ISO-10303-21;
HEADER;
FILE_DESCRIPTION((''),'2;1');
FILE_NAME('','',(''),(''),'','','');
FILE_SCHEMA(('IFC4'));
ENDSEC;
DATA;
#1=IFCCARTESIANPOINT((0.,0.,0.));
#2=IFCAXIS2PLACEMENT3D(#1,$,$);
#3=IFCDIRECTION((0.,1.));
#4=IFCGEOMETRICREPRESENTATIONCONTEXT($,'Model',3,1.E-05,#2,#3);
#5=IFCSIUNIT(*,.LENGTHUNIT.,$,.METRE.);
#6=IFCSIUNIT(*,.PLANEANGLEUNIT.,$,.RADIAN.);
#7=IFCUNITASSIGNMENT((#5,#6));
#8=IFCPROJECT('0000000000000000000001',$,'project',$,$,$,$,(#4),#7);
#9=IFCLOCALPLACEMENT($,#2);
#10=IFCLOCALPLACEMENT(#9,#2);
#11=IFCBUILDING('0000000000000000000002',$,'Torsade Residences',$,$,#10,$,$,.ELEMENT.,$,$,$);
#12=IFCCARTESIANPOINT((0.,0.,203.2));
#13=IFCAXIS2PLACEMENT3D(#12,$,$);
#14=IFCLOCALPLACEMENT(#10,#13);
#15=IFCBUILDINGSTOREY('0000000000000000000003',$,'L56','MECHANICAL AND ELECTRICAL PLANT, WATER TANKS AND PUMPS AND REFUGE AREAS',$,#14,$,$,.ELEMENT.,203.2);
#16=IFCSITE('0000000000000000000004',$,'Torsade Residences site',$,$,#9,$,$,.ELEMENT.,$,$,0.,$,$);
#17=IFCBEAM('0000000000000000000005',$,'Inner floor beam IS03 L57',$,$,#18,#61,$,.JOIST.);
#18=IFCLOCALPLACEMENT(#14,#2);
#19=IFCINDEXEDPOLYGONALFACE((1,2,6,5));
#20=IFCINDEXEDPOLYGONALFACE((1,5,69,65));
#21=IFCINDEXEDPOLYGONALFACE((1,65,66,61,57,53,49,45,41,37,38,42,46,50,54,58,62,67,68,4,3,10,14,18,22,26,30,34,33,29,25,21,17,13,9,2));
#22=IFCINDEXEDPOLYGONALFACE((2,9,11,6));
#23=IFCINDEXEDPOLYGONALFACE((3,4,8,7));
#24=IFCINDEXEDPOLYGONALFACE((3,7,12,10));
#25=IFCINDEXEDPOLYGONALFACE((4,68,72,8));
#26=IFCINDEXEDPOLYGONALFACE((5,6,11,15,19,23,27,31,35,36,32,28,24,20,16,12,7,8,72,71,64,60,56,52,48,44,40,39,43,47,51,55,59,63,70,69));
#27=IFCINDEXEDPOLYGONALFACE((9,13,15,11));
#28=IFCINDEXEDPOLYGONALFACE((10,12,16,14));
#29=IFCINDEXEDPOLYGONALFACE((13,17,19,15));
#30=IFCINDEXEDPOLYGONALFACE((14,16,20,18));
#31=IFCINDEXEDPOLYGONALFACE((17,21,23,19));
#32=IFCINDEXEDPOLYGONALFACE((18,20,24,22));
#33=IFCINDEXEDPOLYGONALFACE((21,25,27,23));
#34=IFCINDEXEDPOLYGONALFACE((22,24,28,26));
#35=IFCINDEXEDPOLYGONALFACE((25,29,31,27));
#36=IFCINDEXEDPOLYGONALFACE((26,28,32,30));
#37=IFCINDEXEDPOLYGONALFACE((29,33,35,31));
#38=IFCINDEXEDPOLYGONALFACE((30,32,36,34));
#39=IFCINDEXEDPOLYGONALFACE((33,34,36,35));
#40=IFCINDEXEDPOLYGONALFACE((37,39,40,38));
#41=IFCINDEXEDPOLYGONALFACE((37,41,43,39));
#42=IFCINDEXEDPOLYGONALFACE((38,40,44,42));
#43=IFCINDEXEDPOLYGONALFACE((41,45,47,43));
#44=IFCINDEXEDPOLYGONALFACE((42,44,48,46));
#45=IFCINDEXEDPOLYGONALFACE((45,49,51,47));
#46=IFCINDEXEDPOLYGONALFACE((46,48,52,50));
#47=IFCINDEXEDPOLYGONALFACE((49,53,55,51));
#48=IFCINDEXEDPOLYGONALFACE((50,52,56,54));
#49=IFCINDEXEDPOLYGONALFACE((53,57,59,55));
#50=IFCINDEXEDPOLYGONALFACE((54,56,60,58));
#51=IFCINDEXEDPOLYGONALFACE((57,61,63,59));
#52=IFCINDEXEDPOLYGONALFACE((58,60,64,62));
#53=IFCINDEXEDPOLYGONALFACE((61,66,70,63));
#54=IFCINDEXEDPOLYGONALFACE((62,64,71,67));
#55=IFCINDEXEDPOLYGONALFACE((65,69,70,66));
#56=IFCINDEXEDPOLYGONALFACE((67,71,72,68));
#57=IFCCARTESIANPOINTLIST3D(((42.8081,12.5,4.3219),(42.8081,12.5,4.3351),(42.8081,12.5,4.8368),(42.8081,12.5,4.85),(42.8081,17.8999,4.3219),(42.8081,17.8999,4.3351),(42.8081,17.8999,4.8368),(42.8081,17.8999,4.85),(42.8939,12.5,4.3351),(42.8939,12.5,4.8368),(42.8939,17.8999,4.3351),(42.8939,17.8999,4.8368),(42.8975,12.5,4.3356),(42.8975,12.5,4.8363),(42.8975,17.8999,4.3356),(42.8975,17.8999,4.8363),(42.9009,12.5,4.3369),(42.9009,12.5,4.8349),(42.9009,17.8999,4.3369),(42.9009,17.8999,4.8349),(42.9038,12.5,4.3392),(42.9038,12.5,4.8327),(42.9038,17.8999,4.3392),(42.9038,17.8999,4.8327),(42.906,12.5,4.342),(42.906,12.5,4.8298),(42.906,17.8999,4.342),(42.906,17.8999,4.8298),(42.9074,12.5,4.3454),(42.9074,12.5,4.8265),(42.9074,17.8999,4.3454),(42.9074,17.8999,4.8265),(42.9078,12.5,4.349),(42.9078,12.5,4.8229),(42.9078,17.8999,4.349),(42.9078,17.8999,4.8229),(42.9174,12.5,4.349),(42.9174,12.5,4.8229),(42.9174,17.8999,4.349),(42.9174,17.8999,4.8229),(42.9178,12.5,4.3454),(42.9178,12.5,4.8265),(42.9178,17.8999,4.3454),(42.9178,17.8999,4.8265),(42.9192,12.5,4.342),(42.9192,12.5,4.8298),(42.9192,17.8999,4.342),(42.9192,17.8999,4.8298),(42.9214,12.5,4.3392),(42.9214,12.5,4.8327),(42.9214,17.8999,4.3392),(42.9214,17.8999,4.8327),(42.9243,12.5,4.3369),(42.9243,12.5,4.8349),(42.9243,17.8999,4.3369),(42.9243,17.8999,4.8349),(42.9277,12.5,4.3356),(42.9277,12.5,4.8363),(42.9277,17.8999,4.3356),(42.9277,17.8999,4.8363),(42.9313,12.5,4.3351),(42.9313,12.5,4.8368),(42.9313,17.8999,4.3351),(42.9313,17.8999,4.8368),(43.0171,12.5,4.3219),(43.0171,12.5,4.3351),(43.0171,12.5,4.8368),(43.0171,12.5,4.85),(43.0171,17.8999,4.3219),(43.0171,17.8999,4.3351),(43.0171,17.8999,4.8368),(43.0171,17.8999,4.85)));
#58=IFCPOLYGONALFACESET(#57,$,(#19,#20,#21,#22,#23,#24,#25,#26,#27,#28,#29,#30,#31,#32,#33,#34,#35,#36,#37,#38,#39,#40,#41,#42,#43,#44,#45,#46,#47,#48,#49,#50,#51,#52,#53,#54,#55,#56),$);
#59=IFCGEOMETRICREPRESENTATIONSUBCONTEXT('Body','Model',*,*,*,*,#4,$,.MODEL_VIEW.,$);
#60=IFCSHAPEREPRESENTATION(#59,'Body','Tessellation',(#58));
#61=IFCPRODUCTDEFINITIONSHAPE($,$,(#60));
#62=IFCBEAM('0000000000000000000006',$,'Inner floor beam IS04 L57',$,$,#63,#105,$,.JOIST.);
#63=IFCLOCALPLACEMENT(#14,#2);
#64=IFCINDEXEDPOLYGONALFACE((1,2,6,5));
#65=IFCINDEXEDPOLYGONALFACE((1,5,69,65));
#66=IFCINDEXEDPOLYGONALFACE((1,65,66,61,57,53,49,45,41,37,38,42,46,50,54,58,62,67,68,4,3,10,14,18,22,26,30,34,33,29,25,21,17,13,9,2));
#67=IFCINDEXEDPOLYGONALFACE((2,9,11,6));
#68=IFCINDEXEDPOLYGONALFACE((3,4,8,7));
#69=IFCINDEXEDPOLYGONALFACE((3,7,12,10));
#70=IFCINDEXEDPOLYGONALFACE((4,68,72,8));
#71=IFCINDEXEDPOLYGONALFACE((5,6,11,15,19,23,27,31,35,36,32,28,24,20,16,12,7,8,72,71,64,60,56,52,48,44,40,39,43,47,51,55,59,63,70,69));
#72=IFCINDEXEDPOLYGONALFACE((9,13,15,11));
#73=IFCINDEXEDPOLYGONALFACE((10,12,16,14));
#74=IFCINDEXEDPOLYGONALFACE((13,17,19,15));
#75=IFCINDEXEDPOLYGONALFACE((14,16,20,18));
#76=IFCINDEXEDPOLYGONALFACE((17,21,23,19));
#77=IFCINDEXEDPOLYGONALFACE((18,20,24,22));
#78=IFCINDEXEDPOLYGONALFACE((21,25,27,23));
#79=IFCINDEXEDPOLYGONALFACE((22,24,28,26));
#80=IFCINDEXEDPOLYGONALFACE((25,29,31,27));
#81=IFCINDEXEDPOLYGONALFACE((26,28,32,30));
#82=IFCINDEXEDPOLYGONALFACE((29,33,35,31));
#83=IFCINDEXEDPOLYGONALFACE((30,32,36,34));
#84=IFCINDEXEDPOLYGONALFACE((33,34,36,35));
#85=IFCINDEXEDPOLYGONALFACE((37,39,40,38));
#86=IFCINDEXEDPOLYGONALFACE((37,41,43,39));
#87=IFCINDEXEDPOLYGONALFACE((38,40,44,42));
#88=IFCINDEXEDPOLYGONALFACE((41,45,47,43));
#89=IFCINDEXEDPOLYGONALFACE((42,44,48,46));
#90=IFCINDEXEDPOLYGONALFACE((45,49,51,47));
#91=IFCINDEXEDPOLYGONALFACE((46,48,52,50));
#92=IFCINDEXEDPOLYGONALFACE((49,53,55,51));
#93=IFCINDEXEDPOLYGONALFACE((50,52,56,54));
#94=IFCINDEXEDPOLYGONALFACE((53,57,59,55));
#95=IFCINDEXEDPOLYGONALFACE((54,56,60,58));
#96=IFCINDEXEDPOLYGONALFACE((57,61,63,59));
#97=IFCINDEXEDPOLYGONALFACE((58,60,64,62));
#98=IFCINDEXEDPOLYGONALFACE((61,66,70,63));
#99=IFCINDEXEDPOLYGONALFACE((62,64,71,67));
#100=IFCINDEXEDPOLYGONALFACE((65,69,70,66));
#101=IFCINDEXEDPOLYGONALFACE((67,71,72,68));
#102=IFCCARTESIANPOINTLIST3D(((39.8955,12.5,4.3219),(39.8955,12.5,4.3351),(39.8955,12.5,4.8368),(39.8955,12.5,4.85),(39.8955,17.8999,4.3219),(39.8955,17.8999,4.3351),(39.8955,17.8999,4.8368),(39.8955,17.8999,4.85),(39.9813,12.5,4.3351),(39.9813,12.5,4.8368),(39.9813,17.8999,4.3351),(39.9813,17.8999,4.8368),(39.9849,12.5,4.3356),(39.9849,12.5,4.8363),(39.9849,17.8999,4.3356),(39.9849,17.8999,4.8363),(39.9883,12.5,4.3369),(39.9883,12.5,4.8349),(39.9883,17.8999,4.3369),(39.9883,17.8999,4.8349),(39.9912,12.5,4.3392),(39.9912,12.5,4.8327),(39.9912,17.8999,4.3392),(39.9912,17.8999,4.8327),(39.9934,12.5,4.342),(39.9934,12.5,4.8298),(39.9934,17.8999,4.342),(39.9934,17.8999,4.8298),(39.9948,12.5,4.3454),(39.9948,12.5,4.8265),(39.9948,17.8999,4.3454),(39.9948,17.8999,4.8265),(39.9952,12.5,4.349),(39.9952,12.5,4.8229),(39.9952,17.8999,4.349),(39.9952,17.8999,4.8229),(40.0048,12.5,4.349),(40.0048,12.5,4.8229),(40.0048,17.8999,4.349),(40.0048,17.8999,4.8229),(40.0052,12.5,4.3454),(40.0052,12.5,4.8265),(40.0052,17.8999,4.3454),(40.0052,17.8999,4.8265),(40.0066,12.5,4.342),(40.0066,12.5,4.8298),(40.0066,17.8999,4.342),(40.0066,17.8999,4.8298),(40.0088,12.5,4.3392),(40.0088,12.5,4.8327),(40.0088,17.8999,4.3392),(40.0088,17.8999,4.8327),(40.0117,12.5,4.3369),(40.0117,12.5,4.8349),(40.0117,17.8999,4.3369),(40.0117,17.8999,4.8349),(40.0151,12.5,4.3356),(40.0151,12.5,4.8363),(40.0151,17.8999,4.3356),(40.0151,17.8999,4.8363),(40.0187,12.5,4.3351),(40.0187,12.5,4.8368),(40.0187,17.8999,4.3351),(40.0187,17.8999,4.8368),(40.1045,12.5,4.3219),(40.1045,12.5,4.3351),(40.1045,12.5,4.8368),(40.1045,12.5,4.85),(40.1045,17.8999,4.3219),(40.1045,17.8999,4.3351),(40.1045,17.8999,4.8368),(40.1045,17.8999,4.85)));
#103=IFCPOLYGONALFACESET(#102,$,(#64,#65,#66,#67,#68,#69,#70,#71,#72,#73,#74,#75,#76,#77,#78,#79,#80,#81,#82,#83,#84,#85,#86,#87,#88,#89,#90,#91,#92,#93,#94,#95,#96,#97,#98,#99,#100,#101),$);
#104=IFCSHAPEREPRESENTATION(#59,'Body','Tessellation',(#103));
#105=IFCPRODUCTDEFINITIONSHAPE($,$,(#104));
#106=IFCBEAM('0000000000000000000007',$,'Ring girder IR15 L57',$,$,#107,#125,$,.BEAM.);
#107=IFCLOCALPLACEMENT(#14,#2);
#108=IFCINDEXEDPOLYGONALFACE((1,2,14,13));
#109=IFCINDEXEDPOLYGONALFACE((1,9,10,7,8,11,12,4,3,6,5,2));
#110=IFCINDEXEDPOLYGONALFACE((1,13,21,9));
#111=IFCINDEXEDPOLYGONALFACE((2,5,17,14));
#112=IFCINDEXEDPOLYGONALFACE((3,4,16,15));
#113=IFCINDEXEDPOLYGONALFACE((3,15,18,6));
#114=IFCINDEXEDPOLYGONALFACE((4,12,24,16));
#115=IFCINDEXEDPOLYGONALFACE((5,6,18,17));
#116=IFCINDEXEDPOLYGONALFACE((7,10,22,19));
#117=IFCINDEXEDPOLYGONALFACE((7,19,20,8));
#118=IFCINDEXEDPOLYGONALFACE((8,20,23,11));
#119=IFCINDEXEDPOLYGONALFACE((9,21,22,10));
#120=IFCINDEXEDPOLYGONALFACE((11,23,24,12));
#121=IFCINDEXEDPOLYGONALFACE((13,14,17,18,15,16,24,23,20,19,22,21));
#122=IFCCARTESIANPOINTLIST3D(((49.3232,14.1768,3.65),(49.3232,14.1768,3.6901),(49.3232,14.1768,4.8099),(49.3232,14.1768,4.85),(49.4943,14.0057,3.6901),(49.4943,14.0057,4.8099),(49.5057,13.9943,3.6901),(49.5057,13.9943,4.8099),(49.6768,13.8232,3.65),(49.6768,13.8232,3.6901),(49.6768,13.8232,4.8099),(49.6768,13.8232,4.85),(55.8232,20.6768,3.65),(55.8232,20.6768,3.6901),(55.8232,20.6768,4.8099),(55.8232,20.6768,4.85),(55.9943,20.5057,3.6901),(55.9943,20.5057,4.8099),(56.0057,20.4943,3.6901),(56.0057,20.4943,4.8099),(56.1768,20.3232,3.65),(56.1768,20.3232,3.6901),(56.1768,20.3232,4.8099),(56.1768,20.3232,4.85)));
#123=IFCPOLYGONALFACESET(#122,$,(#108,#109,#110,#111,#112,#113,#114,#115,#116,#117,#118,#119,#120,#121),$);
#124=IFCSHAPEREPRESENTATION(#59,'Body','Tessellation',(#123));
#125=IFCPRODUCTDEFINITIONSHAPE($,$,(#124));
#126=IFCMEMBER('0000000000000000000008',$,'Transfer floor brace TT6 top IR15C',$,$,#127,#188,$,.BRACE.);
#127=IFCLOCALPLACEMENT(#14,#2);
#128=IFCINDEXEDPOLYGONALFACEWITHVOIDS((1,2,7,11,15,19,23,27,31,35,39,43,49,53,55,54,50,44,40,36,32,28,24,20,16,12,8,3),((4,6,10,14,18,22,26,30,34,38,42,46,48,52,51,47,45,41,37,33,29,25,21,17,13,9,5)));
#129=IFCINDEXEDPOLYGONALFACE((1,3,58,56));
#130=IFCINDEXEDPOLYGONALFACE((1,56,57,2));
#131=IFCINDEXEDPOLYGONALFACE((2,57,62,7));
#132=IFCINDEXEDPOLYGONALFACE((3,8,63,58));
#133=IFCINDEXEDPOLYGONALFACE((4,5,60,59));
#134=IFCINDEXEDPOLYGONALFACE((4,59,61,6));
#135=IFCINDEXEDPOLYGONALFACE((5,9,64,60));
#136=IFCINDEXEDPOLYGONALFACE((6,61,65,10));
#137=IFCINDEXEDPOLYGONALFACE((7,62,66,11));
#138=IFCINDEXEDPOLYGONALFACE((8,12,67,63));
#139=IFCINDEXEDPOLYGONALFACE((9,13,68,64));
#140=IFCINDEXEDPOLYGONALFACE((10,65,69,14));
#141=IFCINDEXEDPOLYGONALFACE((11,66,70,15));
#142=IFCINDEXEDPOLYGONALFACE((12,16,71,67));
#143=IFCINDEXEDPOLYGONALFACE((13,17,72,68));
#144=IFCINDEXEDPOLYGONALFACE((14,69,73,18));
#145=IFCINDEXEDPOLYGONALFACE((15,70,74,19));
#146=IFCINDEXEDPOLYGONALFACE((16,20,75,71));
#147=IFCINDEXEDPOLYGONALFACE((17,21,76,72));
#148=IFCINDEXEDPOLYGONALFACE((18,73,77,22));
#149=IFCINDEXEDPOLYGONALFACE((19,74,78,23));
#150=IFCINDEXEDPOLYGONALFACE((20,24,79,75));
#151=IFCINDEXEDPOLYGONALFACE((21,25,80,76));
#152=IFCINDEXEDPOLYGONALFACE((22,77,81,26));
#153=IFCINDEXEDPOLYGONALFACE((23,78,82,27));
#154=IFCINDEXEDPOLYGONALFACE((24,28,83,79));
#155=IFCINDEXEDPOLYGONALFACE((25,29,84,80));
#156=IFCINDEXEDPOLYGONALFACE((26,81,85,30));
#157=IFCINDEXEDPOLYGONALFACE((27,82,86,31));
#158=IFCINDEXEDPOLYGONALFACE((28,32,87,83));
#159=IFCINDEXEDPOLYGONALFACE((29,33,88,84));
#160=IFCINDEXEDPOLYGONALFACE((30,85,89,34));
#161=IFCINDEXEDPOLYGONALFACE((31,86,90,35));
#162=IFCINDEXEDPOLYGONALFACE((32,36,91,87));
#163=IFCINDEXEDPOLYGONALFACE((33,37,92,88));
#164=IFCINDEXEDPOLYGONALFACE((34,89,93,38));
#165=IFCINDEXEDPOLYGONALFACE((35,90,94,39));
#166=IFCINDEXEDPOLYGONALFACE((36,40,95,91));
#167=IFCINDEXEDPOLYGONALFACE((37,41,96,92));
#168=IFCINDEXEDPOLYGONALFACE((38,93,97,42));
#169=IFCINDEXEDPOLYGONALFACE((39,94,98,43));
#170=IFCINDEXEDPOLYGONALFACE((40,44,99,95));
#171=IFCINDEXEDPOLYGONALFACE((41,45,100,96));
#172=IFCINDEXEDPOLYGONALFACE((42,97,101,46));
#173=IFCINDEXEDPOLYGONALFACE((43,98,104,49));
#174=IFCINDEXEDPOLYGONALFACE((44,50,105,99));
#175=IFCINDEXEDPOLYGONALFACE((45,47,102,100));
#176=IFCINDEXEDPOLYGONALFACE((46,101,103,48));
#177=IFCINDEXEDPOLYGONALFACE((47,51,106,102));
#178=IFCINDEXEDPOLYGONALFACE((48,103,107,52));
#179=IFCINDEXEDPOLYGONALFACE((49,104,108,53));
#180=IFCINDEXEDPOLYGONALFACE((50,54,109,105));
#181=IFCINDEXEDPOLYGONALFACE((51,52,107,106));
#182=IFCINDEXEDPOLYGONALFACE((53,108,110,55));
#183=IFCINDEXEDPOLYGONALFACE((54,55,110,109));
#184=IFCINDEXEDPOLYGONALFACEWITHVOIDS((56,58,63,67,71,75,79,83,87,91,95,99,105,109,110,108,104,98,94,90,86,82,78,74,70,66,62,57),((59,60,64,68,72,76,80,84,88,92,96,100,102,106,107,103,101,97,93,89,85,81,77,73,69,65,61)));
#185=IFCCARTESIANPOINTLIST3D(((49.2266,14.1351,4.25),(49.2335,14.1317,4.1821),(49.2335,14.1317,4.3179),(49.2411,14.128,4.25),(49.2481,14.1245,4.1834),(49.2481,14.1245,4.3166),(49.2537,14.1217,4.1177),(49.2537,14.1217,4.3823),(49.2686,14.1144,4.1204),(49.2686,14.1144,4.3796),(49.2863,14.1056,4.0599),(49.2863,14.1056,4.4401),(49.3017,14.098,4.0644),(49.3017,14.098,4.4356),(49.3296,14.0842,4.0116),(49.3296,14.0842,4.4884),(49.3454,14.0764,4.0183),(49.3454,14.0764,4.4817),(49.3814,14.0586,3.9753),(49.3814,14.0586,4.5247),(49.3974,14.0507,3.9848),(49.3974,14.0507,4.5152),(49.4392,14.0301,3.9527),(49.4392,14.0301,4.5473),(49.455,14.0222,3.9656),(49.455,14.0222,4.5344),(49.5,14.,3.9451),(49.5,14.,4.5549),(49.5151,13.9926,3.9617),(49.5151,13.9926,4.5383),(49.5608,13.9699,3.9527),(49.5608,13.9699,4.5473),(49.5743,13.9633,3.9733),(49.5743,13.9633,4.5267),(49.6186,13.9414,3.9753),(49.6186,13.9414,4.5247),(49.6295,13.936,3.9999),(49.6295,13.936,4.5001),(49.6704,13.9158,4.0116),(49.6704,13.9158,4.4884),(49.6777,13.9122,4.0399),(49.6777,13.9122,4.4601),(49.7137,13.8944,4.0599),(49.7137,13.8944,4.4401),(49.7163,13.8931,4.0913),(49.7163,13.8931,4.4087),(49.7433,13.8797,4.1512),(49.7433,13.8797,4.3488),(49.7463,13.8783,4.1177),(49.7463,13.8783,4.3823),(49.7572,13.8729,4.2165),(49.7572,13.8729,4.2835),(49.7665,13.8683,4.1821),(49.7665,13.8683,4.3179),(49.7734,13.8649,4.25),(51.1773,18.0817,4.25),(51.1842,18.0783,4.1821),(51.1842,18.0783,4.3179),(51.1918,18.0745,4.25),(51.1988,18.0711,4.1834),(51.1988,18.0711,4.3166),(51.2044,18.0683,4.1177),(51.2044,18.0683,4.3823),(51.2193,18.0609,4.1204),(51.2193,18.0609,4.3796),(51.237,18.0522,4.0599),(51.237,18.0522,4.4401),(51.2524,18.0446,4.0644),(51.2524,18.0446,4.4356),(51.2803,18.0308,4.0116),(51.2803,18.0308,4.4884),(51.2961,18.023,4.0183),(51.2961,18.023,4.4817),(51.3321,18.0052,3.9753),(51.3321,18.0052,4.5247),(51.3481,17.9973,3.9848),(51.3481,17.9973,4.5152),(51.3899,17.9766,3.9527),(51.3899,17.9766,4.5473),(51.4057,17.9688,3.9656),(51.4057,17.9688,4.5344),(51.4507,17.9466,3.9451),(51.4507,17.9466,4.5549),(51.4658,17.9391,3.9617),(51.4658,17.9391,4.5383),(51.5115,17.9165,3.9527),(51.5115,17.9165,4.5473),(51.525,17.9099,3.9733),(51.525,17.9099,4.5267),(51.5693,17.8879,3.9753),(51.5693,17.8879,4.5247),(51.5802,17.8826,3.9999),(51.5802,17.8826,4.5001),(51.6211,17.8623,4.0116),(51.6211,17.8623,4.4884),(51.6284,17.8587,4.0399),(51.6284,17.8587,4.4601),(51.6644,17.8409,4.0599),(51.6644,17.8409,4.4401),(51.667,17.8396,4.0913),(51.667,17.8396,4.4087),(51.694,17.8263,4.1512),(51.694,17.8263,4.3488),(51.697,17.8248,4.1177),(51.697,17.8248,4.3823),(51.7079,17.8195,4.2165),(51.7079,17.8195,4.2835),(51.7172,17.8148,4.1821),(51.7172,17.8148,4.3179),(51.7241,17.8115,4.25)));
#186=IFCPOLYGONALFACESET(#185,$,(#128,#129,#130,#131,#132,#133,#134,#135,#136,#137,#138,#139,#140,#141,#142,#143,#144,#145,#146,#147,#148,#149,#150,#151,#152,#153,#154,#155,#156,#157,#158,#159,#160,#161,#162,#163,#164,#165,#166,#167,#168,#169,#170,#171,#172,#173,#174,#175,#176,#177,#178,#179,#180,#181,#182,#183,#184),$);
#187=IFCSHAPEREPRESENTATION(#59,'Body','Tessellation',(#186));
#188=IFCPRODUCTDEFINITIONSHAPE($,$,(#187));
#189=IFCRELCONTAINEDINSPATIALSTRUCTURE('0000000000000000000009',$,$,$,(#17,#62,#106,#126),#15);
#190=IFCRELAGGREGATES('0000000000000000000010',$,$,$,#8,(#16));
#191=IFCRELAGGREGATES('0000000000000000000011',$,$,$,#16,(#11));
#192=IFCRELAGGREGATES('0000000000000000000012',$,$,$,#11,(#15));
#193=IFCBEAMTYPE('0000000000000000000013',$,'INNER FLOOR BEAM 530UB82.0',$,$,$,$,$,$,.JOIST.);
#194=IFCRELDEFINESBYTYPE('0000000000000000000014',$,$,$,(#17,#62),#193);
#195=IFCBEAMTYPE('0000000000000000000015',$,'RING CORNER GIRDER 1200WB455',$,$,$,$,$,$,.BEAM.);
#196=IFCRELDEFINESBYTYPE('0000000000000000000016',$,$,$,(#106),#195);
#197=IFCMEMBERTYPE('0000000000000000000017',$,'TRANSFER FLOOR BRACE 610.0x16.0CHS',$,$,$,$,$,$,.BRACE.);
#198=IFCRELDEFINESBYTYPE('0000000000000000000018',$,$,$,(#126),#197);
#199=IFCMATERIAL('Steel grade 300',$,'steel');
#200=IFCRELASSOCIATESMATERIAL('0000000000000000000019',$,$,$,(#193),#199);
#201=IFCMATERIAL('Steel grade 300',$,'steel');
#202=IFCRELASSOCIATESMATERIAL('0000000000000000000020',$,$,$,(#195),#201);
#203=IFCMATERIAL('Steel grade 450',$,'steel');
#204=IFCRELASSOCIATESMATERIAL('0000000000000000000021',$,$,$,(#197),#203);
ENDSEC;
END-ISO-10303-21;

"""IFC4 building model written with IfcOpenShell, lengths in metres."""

from ifc_helpers import new_model, si_unit, direction, frame, origin, origin_2d, place, context, subcontext, project, spatial, hollow_circle, i_section, extrude, material, material_profile, profile_set, type_object, element, save


model = new_model("IFC4")

# Units and contexts
model_context = context("Model", 3, precision=1e-05, world=origin(), true_north=direction((0.0, 1.0)))
body_context = subcontext(model_context, "Body", "Model", "MODEL_VIEW")
ifc_project = project(units=[si_unit("LENGTHUNIT", "METRE"), si_unit("PLANEANGLEUNIT", "RADIAN")], contexts=[model_context])

# Site, building, storey
site_placement = place(None, origin())
site = spatial("IfcSite", under=ifc_project, at=site_placement, Name="Torsade Residences site", CompositionType="ELEMENT", RefElevation=0.0)
building_placement = place(site_placement, origin())
building = spatial("IfcBuilding", under=site, at=building_placement, Name="Torsade Residences", CompositionType="ELEMENT")
storey_placement = place(building_placement, frame((0.0, 0.0, 203.2)))
storey = spatial("IfcBuildingStorey", under=building, at=storey_placement, Name="L56", Description="MECHANICAL AND ELECTRICAL PLANT, WATER TANKS AND PUMPS AND REFUGE AREAS", CompositionType="ELEMENT", Elevation=203.2)

# Beams
ifc_material_1 = material(Name="Steel grade 300", Category="steel")
ifc_material_profile_1 = material_profile(ifc_material_1, i_section(OverallWidth=0.209, OverallDepth=0.5281, WebThickness=0.0095, FlangeThickness=0.0132, FilletRadius=0.0139, at=origin_2d()), Name="530UB82.0")
ifc_profile_set_1 = profile_set([ifc_material_profile_1], Name="Steel grade 300")
beam_type_1 = type_object("IfcBeamType", Name="INNER FLOOR BEAM 530UB82.0", PredefinedType="JOIST", material=ifc_profile_set_1)
for number, where, z_axis, x_axis, name in (
    (1, (42.9126, 17.8999, 4.5859), (0.0, -1.0, 0.0), (1.0, 0.0, 0.0), "Inner floor beam IS03 L57"),
    (2, (40.0, 17.8999, 4.5859), (0.0, -1.0, 0.0), (1.0, 0.0, 0.0), "Inner floor beam IS04 L57"),
):
    element("IfcBeam", number, at=place(storey_placement, frame(where, z_axis=z_axis, x_axis=x_axis)), inside=storey, type_object=beam_type_1, Name=name, PredefinedType="JOIST", context=body_context, shape_type="SweptSolid", body=[
        extrude(i_section(OverallWidth=0.209, OverallDepth=0.5281, WebThickness=0.0095, FlangeThickness=0.0132, FilletRadius=0.0139, at=origin_2d()), origin(), (0.0, 0.0, 1.0), 5.3999),
    ])
ifc_material_2 = material(Name="Steel grade 300", Category="steel")
ifc_material_profile_2 = material_profile(ifc_material_2, i_section(OverallWidth=0.5, OverallDepth=1.2, WebThickness=0.0161, FlangeThickness=0.04, at=origin_2d()), Name="1200WB455")
ifc_profile_set_2 = profile_set([ifc_material_profile_2], Name="Steel grade 300")
beam_type_2 = type_object("IfcBeamType", Name="RING CORNER GIRDER 1200WB455", PredefinedType="BEAM", material=ifc_profile_set_2)
beam_1_placement = place(storey_placement, frame((49.5, 14.0, 4.25), z_axis=(0.707107, 0.707107, 0.0), x_axis=(-0.707107, 0.707107, 0.0)))
element("IfcBeam", 3, at=beam_1_placement, inside=storey, type_object=beam_type_2, Name="Ring girder IR15 L57", PredefinedType="BEAM", context=body_context, shape_type="SweptSolid", body=[
    extrude(i_section(OverallWidth=0.5, OverallDepth=1.2, WebThickness=0.0161, FlangeThickness=0.04, at=origin_2d()), origin(), (0.0, 0.0, 1.0), 9.1924),
])

# Member
ifc_material_3 = material(Name="Steel grade 450", Category="steel")
ifc_material_profile_3 = material_profile(ifc_material_3, hollow_circle(Radius=0.3049, WallThickness=0.0161, at=origin_2d()), Name="610.0x16.0CHS")
ifc_profile_set_3 = profile_set([ifc_material_profile_3], Name="Steel grade 450")
member_type_1 = type_object("IfcMemberType", Name="TRANSFER FLOOR BRACE 610.0x16.0CHS", PredefinedType="BRACE", material=ifc_profile_set_3)
member_1_placement = place(storey_placement, frame((49.5, 14.0, 4.25), z_axis=(0.443105, 0.89647, 0.0), x_axis=(-0.89647, 0.443105, 0.0)))
element("IfcMember", 4, at=member_1_placement, inside=storey, type_object=member_type_1, Name="Transfer floor brace TT6 top IR15C", PredefinedType="BRACE", context=body_context, shape_type="SweptSolid", body=[
    extrude(hollow_circle(Radius=0.3049, WallThickness=0.0161, at=origin_2d()), origin(), (0.0, 0.0, 1.0), 4.4023),
])

save(model, "model.ifc")
